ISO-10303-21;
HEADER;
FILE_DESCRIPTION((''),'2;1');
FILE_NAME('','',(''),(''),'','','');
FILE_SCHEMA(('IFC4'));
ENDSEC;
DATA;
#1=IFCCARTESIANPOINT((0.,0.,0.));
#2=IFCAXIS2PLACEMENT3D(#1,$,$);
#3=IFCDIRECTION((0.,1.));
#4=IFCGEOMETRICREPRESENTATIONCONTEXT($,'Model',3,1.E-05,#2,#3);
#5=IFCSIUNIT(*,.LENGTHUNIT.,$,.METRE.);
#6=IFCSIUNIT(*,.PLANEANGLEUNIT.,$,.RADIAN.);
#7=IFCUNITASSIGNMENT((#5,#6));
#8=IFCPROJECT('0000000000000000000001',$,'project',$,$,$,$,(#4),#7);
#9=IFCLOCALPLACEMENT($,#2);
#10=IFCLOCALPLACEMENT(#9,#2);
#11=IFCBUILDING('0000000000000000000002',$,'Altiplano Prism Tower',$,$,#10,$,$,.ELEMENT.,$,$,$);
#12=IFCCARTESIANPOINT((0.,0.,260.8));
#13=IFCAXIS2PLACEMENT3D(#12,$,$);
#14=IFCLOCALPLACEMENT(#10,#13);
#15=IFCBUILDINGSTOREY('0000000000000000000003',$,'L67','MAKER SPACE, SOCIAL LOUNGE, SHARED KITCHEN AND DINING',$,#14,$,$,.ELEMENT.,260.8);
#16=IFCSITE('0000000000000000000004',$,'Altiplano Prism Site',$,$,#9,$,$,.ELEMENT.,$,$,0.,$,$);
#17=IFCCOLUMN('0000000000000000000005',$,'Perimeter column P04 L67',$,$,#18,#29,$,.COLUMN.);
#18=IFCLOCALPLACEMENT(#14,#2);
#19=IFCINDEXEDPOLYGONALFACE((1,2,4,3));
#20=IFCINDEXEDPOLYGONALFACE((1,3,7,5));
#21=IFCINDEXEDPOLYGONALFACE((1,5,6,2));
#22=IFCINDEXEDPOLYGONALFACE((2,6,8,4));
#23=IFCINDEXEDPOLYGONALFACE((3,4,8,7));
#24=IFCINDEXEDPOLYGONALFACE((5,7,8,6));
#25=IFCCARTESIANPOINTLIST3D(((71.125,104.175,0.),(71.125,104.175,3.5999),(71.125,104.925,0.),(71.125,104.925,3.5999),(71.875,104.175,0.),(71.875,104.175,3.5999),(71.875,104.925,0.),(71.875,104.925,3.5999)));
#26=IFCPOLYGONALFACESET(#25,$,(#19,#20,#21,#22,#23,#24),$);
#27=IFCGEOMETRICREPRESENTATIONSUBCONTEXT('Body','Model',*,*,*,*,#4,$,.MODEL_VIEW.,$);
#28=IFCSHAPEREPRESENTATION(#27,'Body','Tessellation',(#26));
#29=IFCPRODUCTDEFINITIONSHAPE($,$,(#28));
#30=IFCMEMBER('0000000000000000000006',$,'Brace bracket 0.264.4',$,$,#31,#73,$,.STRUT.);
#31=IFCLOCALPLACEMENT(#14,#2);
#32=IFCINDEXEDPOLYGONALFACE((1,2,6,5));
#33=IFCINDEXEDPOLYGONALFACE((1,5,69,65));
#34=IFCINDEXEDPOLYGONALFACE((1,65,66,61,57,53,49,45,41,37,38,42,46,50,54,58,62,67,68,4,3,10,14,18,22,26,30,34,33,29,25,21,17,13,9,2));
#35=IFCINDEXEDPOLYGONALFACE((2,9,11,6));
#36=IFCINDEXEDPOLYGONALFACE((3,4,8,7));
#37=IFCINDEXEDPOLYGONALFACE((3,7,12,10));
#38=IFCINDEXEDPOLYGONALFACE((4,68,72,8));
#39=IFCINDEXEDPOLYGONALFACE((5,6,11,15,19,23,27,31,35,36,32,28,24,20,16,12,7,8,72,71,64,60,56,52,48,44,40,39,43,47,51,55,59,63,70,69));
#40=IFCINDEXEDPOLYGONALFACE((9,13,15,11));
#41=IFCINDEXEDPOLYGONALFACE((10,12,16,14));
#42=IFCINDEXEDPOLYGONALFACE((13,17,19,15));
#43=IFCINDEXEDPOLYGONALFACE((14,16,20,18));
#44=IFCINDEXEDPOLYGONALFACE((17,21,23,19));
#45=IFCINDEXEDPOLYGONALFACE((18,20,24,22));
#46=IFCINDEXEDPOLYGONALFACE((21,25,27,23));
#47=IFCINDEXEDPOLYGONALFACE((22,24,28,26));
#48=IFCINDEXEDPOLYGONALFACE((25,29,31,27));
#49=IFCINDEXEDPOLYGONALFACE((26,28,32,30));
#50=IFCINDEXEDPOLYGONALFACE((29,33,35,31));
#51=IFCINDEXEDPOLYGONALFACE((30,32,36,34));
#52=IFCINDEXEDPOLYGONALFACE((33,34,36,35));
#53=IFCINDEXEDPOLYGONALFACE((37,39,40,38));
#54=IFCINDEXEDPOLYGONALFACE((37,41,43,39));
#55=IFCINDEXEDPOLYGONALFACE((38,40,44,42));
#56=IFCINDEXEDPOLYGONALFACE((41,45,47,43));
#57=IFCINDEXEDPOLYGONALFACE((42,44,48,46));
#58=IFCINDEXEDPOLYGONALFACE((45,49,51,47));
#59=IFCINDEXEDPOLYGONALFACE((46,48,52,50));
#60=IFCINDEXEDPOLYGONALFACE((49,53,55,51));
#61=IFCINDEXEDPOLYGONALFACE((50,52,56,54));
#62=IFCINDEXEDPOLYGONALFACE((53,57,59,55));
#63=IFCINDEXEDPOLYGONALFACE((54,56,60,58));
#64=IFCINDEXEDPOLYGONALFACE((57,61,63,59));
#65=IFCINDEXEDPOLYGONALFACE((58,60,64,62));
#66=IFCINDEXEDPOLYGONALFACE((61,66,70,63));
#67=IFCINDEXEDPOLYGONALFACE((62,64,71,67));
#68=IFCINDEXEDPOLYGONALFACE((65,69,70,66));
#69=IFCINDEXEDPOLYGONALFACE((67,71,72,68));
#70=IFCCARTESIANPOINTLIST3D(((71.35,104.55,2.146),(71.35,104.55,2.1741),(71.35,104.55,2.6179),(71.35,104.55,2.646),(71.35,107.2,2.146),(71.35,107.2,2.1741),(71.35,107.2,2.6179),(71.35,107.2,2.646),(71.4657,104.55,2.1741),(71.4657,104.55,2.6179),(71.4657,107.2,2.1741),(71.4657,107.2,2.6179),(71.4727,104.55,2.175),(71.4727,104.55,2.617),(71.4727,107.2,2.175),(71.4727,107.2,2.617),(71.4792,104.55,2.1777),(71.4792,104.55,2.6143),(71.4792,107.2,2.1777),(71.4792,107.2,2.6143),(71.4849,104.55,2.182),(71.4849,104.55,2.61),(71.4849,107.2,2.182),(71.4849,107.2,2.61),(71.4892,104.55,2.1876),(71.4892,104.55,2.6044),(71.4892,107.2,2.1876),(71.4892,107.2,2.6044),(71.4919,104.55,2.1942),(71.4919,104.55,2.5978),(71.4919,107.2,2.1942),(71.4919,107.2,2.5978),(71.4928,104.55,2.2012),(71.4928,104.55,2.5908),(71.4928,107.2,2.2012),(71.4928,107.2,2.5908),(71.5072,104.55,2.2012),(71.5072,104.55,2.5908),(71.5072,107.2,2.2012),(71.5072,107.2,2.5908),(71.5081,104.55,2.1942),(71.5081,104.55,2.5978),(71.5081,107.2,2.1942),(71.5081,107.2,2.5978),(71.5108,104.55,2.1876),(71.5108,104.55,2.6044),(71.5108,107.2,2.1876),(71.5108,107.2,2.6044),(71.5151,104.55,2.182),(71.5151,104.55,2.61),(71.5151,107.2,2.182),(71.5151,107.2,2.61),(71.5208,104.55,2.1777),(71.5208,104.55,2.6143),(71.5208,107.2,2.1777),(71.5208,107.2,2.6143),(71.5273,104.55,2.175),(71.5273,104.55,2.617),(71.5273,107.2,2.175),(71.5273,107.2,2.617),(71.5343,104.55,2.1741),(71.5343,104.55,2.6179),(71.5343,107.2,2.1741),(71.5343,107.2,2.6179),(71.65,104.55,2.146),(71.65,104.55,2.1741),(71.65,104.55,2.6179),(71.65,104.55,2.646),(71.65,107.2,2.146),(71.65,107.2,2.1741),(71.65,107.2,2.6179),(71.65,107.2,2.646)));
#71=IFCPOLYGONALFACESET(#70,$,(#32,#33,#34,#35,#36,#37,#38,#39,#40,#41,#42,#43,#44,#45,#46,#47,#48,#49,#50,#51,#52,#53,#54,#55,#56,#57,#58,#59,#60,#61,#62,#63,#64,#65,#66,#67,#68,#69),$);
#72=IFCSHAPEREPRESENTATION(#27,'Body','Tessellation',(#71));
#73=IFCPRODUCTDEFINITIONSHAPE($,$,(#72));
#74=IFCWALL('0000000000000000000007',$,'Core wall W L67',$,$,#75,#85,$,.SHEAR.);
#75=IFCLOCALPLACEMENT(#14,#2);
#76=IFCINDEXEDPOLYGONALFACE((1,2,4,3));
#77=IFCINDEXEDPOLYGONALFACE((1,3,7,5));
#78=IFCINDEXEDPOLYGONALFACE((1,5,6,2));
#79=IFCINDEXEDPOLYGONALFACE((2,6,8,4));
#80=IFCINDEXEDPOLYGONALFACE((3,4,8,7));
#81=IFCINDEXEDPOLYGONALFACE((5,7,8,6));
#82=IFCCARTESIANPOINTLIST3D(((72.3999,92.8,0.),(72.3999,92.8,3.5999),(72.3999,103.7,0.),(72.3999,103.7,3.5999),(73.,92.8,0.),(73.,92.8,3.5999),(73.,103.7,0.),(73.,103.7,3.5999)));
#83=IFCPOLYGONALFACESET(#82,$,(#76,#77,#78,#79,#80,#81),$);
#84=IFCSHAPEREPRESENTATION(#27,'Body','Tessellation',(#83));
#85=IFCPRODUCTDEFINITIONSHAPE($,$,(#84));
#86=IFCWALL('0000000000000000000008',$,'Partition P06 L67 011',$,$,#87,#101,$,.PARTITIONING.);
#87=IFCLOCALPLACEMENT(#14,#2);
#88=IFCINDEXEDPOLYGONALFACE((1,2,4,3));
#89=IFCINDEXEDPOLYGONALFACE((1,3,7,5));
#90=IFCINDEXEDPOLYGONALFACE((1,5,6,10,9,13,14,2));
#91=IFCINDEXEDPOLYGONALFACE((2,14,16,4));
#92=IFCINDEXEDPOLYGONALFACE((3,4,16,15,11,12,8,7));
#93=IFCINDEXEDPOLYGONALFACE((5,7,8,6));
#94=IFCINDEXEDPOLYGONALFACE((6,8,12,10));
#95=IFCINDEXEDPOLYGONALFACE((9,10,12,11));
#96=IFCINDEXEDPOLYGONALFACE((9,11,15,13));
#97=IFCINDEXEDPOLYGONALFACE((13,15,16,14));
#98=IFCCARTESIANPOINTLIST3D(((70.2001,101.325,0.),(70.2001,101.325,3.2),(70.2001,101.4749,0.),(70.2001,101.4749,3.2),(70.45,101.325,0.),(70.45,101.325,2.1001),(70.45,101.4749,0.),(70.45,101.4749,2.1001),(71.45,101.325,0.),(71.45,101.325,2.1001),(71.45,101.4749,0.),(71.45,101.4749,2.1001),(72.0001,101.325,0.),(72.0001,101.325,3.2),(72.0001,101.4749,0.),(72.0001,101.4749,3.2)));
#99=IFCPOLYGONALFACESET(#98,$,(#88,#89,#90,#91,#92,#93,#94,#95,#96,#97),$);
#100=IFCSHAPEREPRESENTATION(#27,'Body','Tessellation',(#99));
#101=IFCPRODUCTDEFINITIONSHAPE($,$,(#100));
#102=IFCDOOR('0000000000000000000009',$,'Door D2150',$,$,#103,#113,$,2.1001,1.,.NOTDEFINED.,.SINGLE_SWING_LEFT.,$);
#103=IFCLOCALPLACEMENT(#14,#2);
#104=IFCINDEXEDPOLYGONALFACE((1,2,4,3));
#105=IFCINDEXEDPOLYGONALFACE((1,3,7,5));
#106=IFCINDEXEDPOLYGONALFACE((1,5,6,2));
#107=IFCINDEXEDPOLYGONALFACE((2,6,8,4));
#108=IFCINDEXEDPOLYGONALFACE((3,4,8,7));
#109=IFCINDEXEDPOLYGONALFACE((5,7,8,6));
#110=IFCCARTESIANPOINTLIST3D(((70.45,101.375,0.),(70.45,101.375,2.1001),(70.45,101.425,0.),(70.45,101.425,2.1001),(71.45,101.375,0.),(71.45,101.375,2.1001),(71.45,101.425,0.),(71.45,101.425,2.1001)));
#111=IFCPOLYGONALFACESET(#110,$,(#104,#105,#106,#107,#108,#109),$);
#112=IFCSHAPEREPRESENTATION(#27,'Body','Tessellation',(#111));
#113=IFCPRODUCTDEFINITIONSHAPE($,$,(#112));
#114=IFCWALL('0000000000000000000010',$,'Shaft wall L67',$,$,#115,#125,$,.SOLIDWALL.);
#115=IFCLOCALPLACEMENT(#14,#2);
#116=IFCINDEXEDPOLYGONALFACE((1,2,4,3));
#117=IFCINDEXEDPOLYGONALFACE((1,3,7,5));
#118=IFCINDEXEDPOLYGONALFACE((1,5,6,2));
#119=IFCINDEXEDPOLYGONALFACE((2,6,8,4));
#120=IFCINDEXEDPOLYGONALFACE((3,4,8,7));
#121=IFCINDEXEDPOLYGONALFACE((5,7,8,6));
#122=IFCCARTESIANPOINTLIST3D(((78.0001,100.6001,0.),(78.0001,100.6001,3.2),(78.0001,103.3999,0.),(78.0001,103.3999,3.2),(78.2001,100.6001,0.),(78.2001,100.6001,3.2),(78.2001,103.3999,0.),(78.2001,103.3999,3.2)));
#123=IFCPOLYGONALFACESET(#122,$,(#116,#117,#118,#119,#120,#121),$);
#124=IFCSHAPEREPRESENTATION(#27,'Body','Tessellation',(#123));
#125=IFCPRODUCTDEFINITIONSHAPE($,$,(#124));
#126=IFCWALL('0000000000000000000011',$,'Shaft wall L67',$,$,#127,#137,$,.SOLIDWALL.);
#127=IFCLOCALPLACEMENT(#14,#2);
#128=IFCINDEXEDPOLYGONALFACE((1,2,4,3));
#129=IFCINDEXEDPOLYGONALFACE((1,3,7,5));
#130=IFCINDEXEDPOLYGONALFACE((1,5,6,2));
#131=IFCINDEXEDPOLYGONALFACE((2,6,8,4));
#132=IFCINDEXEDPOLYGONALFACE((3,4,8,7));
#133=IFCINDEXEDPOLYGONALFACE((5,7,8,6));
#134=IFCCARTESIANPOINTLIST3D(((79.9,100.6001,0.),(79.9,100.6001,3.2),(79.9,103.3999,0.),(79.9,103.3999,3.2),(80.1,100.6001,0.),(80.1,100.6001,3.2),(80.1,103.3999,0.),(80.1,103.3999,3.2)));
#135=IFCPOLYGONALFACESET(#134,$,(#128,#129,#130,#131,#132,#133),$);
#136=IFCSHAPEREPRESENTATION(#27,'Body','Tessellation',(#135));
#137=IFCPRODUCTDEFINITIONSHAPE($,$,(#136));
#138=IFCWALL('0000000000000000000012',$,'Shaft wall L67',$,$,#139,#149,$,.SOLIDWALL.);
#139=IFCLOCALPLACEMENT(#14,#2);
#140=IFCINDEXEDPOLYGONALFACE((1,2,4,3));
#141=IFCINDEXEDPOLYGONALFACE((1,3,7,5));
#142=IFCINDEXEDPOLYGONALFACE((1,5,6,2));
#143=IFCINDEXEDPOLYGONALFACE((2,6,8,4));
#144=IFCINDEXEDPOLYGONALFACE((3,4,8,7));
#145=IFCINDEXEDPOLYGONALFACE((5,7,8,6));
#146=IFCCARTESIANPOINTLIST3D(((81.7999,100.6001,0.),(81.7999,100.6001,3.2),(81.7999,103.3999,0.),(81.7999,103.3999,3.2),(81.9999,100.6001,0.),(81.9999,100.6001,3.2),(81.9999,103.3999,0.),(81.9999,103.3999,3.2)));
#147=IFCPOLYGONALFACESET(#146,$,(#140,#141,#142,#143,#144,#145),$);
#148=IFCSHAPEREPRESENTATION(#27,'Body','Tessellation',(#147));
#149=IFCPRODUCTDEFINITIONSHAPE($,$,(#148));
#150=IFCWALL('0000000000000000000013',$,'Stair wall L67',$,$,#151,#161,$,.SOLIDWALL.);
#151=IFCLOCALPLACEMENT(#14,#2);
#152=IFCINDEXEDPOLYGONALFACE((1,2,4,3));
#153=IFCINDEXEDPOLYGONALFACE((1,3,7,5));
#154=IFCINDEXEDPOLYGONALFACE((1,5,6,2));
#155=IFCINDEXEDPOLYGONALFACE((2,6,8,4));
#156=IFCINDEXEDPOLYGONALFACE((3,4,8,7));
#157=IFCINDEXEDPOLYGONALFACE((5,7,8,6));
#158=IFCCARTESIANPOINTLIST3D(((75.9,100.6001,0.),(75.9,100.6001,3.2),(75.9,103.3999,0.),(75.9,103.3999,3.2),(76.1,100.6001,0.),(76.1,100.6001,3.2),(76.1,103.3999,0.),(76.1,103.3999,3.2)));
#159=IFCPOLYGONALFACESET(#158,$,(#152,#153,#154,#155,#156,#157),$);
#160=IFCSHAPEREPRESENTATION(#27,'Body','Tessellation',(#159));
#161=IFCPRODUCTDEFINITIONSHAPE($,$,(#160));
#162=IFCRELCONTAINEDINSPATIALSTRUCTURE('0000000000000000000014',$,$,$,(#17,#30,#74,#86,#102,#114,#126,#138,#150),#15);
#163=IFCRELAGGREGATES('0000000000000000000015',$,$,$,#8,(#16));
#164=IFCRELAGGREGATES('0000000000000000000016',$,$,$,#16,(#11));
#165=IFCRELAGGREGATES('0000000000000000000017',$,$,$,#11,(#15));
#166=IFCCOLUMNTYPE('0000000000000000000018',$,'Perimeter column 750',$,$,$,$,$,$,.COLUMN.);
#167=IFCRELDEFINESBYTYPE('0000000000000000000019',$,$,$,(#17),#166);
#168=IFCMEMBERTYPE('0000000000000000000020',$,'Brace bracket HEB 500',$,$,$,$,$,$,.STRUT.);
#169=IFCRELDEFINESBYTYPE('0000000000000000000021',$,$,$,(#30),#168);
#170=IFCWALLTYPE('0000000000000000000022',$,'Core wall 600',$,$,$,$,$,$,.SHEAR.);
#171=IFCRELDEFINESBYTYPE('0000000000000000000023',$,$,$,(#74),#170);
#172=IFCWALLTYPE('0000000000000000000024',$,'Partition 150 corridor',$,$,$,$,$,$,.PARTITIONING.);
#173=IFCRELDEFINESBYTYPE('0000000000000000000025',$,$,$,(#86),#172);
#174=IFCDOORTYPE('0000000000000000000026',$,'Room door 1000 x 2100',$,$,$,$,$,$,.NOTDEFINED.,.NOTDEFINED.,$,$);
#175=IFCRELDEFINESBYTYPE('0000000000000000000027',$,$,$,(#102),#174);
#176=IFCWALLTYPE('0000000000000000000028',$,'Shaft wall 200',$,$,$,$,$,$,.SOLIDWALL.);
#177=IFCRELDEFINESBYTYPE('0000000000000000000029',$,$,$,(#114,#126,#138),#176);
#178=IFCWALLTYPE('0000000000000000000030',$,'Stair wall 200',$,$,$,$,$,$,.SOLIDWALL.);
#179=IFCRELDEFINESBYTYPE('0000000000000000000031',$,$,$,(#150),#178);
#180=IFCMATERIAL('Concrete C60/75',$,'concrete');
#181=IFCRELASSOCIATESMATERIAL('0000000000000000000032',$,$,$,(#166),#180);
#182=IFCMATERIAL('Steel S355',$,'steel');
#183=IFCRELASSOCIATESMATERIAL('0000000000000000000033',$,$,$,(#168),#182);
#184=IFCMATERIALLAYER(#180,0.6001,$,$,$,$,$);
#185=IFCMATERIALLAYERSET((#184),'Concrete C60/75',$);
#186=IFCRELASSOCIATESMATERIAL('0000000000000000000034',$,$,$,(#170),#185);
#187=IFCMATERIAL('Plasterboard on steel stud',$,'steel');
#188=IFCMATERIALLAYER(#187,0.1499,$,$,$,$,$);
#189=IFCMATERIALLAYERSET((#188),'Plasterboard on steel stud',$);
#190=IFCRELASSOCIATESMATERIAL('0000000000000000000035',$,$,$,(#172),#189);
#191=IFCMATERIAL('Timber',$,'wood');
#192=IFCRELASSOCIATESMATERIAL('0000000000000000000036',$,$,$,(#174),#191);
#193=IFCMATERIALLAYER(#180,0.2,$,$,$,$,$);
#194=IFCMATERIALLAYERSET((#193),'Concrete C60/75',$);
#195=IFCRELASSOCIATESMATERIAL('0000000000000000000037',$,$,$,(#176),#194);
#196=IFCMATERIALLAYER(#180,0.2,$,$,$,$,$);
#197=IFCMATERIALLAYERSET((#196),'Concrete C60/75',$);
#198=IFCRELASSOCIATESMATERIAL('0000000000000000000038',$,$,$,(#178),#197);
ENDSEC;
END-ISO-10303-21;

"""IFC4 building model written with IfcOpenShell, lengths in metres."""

from ifc_helpers import new_model, si_unit, direction, frame, frame_2d, origin, origin_2d, place, context, subcontext, project, spatial, rectangle, i_section, extrude, material, layer, layer_set, material_profile, profile_set, type_object, element, fill, save


model = new_model("IFC4")

# Units and contexts
model_context = context("Model", 3, precision=1e-05, world=origin(), true_north=direction((0.0, 1.0)))
body_context = subcontext(model_context, "Body", "Model", "MODEL_VIEW")
ifc_project = project(units=[si_unit("LENGTHUNIT", "METRE"), si_unit("PLANEANGLEUNIT", "RADIAN")], contexts=[model_context])

# Site, building, storey
site_placement = place(None, origin())
site = spatial("IfcSite", under=ifc_project, at=site_placement, Name="Altiplano Prism Site", CompositionType="ELEMENT", RefElevation=0.0)
building_placement = place(site_placement, origin())
building = spatial("IfcBuilding", under=site, at=building_placement, Name="Altiplano Prism Tower", CompositionType="ELEMENT")
storey_placement = place(building_placement, frame((0.0, 0.0, 260.8)))
storey = spatial("IfcBuildingStorey", under=building, at=storey_placement, Name="L67", Description="MAKER SPACE, SOCIAL LOUNGE, SHARED KITCHEN AND DINING", CompositionType="ELEMENT", Elevation=260.8)

# Column
ifc_material_1 = material(Name="Concrete C60/75", Category="concrete")
ifc_material_profile_1 = material_profile(ifc_material_1, rectangle(XDim=0.75, YDim=0.75, at=origin_2d()), Name="Perimeter column 750")
ifc_profile_set_1 = profile_set([ifc_material_profile_1], Name="Concrete C60/75")
column_type = type_object("IfcColumnType", Name="Perimeter column 750", PredefinedType="COLUMN", material=ifc_profile_set_1)
column_placement = place(storey_placement, frame((71.5, 104.55, 0.0), z_axis=(0.0, 0.0, 1.0), x_axis=(1.0, 0.0, 0.0)))
element("IfcColumn", 1, at=column_placement, inside=storey, type_object=column_type, Name="Perimeter column P04 L67", PredefinedType="COLUMN", context=body_context, shape_type="SweptSolid", body=[
    extrude(rectangle(XDim=0.75, YDim=0.75, at=origin_2d()), origin(), (0.0, 0.0, 1.0), 3.5999),
])

# Member
ifc_material_2 = material(Name="Steel S355", Category="steel")
ifc_material_profile_2 = material_profile(ifc_material_2, i_section(OverallWidth=0.3, OverallDepth=0.5, WebThickness=0.0144, FlangeThickness=0.0281, FilletRadius=0.0271, at=origin_2d()), Name="Brace bracket HEB 500")
ifc_profile_set_2 = profile_set([ifc_material_profile_2], Name="Steel S355")
member_type = type_object("IfcMemberType", Name="Brace bracket HEB 500", PredefinedType="STRUT", material=ifc_profile_set_2)
member_placement = place(storey_placement, frame((71.5, 104.55, 2.396), z_axis=(0.0, 1.0, 0.0), x_axis=(-1.0, 0.0, 0.0)))
element("IfcMember", 2, at=member_placement, inside=storey, type_object=member_type, Name="Brace bracket 0.264.4", PredefinedType="STRUT", context=body_context, shape_type="SweptSolid", body=[
    extrude(i_section(OverallWidth=0.3, OverallDepth=0.5, WebThickness=0.0144, FlangeThickness=0.0281, FilletRadius=0.0271, at=origin_2d()), origin(), (0.0, 0.0, 1.0), 2.6499),
])

# Wall
ifc_layer_1 = layer(ifc_material_1, 0.6001)
ifc_layer_set_1 = layer_set([ifc_layer_1], Name="Concrete C60/75")
wall_type_1 = type_object("IfcWallType", Name="Core wall 600", PredefinedType="SHEAR", material=ifc_layer_set_1)
wall_1_placement = place(storey_placement, frame((72.7, 103.7, 0.0), z_axis=(0.0, 0.0, 1.0), x_axis=(0.0, -1.0, 0.0)))
element("IfcWall", 3, at=wall_1_placement, inside=storey, type_object=wall_type_1, Name="Core wall W L67", PredefinedType="SHEAR", context=body_context, shape_type="SweptSolid", body=[
    extrude(rectangle(XDim=10.8999, YDim=0.6001, at=frame_2d((5.45, 0.0))), origin(), (0.0, 0.0, 1.0), 3.5999),
])

# Wall, opening, door
ifc_material_3 = material(Name="Plasterboard on steel stud", Category="steel")
ifc_layer_2 = layer(ifc_material_3, 0.1499)
ifc_layer_set_2 = layer_set([ifc_layer_2], Name="Plasterboard on steel stud")
wall_type_2 = type_object("IfcWallType", Name="Partition 150 corridor", PredefinedType="PARTITIONING", material=ifc_layer_set_2)
wall_2_placement = place(storey_placement, frame((72.0, 101.3999, 0.0), z_axis=(0.0, 0.0, 1.0), x_axis=(-1.0, 0.0, 0.0)))
wall_2 = element("IfcWall", 4, at=wall_2_placement, inside=storey, type_object=wall_type_2, Name="Partition P06 L67 011", PredefinedType="PARTITIONING", context=body_context, shape_type="SweptSolid", body=[
    extrude(rectangle(XDim=1.8, YDim=0.1499, at=frame_2d((0.8999, 0.0))), origin(), (0.0, 0.0, 1.0), 3.2),
])
opening_placement = place(wall_2_placement, frame((0.55, 0.0, 0.0)))
opening = element("IfcOpeningElement", 5, at=opening_placement, cuts=wall_2, PredefinedType="OPENING", context=body_context, shape_type="SweptSolid", body=[
    extrude(rectangle(XDim=1.0, YDim=2.1001, at=frame_2d((0.5, 1.05))), frame((0.0, 0.0854, 0.0), z_axis=(0.0, -1.0, 0.0), x_axis=(1.0, 0.0, 0.0)), (0.0, 0.0, 1.0), 0.1709),
])
ifc_material_4 = material(Name="Timber", Category="wood")
door_type = type_object("IfcDoorType", Name="Room door 1000 x 2100", OperationType="NOTDEFINED", PredefinedType="NOTDEFINED", material=ifc_material_4)
door_placement = place(opening_placement, origin())
door = element("IfcDoor", 6, at=door_placement, inside=storey, type_object=door_type, Name="Door D2150", OperationType="SINGLE_SWING_LEFT", OverallHeight=2.1001, OverallWidth=1.0, PredefinedType="NOTDEFINED", context=body_context, shape_type="SweptSolid", body=[
    extrude(rectangle(XDim=1.0, YDim=2.1001, at=frame_2d((0.5, 1.05))), frame((0.0, 0.0249, 0.0), z_axis=(0.0, -1.0, 0.0), x_axis=(1.0, 0.0, 0.0)), (0.0, 0.0, 1.0), 0.05),
])
fill(opening, door)

# Walls
ifc_layer_3 = layer(ifc_material_1, 0.2)
ifc_layer_set_3 = layer_set([ifc_layer_3], Name="Concrete C60/75")
wall_type_3 = type_object("IfcWallType", Name="Shaft wall 200", PredefinedType="SOLIDWALL", material=ifc_layer_set_3)
for number, where, z_axis, x_axis, name in (
    (7, (78.1001, 100.6001, 0.0), (0.0, 0.0, 1.0), (0.0, 1.0, 0.0), "Shaft wall L67"),
    (8, (80.0, 100.6001, 0.0), (0.0, 0.0, 1.0), (0.0, 1.0, 0.0), "Shaft wall L67"),
    (9, (81.8999, 100.6001, 0.0), (0.0, 0.0, 1.0), (0.0, 1.0, 0.0), "Shaft wall L67"),
):
    element("IfcWall", number, at=place(storey_placement, frame(where, z_axis=z_axis, x_axis=x_axis)), inside=storey, type_object=wall_type_3, Name=name, PredefinedType="SOLIDWALL", context=body_context, shape_type="SweptSolid", body=[
        extrude(rectangle(XDim=2.7998, YDim=0.2, at=frame_2d((1.3999, 0.0))), origin(), (0.0, 0.0, 1.0), 3.2),
    ])
ifc_layer_4 = layer(ifc_material_1, 0.2)
ifc_layer_set_4 = layer_set([ifc_layer_4], Name="Concrete C60/75")
wall_type_4 = type_object("IfcWallType", Name="Stair wall 200", PredefinedType="SOLIDWALL", material=ifc_layer_set_4)
wall_3_placement = place(storey_placement, frame((76.0, 100.6001, 0.0), z_axis=(0.0, 0.0, 1.0), x_axis=(0.0, 1.0, 0.0)))
element("IfcWall", 10, at=wall_3_placement, inside=storey, type_object=wall_type_4, Name="Stair wall L67", PredefinedType="SOLIDWALL", context=body_context, shape_type="SweptSolid", body=[
    extrude(rectangle(XDim=2.7998, YDim=0.2, at=frame_2d((1.3999, 0.0))), origin(), (0.0, 0.0, 1.0), 3.2),
])

save(model, "model.ifc")
